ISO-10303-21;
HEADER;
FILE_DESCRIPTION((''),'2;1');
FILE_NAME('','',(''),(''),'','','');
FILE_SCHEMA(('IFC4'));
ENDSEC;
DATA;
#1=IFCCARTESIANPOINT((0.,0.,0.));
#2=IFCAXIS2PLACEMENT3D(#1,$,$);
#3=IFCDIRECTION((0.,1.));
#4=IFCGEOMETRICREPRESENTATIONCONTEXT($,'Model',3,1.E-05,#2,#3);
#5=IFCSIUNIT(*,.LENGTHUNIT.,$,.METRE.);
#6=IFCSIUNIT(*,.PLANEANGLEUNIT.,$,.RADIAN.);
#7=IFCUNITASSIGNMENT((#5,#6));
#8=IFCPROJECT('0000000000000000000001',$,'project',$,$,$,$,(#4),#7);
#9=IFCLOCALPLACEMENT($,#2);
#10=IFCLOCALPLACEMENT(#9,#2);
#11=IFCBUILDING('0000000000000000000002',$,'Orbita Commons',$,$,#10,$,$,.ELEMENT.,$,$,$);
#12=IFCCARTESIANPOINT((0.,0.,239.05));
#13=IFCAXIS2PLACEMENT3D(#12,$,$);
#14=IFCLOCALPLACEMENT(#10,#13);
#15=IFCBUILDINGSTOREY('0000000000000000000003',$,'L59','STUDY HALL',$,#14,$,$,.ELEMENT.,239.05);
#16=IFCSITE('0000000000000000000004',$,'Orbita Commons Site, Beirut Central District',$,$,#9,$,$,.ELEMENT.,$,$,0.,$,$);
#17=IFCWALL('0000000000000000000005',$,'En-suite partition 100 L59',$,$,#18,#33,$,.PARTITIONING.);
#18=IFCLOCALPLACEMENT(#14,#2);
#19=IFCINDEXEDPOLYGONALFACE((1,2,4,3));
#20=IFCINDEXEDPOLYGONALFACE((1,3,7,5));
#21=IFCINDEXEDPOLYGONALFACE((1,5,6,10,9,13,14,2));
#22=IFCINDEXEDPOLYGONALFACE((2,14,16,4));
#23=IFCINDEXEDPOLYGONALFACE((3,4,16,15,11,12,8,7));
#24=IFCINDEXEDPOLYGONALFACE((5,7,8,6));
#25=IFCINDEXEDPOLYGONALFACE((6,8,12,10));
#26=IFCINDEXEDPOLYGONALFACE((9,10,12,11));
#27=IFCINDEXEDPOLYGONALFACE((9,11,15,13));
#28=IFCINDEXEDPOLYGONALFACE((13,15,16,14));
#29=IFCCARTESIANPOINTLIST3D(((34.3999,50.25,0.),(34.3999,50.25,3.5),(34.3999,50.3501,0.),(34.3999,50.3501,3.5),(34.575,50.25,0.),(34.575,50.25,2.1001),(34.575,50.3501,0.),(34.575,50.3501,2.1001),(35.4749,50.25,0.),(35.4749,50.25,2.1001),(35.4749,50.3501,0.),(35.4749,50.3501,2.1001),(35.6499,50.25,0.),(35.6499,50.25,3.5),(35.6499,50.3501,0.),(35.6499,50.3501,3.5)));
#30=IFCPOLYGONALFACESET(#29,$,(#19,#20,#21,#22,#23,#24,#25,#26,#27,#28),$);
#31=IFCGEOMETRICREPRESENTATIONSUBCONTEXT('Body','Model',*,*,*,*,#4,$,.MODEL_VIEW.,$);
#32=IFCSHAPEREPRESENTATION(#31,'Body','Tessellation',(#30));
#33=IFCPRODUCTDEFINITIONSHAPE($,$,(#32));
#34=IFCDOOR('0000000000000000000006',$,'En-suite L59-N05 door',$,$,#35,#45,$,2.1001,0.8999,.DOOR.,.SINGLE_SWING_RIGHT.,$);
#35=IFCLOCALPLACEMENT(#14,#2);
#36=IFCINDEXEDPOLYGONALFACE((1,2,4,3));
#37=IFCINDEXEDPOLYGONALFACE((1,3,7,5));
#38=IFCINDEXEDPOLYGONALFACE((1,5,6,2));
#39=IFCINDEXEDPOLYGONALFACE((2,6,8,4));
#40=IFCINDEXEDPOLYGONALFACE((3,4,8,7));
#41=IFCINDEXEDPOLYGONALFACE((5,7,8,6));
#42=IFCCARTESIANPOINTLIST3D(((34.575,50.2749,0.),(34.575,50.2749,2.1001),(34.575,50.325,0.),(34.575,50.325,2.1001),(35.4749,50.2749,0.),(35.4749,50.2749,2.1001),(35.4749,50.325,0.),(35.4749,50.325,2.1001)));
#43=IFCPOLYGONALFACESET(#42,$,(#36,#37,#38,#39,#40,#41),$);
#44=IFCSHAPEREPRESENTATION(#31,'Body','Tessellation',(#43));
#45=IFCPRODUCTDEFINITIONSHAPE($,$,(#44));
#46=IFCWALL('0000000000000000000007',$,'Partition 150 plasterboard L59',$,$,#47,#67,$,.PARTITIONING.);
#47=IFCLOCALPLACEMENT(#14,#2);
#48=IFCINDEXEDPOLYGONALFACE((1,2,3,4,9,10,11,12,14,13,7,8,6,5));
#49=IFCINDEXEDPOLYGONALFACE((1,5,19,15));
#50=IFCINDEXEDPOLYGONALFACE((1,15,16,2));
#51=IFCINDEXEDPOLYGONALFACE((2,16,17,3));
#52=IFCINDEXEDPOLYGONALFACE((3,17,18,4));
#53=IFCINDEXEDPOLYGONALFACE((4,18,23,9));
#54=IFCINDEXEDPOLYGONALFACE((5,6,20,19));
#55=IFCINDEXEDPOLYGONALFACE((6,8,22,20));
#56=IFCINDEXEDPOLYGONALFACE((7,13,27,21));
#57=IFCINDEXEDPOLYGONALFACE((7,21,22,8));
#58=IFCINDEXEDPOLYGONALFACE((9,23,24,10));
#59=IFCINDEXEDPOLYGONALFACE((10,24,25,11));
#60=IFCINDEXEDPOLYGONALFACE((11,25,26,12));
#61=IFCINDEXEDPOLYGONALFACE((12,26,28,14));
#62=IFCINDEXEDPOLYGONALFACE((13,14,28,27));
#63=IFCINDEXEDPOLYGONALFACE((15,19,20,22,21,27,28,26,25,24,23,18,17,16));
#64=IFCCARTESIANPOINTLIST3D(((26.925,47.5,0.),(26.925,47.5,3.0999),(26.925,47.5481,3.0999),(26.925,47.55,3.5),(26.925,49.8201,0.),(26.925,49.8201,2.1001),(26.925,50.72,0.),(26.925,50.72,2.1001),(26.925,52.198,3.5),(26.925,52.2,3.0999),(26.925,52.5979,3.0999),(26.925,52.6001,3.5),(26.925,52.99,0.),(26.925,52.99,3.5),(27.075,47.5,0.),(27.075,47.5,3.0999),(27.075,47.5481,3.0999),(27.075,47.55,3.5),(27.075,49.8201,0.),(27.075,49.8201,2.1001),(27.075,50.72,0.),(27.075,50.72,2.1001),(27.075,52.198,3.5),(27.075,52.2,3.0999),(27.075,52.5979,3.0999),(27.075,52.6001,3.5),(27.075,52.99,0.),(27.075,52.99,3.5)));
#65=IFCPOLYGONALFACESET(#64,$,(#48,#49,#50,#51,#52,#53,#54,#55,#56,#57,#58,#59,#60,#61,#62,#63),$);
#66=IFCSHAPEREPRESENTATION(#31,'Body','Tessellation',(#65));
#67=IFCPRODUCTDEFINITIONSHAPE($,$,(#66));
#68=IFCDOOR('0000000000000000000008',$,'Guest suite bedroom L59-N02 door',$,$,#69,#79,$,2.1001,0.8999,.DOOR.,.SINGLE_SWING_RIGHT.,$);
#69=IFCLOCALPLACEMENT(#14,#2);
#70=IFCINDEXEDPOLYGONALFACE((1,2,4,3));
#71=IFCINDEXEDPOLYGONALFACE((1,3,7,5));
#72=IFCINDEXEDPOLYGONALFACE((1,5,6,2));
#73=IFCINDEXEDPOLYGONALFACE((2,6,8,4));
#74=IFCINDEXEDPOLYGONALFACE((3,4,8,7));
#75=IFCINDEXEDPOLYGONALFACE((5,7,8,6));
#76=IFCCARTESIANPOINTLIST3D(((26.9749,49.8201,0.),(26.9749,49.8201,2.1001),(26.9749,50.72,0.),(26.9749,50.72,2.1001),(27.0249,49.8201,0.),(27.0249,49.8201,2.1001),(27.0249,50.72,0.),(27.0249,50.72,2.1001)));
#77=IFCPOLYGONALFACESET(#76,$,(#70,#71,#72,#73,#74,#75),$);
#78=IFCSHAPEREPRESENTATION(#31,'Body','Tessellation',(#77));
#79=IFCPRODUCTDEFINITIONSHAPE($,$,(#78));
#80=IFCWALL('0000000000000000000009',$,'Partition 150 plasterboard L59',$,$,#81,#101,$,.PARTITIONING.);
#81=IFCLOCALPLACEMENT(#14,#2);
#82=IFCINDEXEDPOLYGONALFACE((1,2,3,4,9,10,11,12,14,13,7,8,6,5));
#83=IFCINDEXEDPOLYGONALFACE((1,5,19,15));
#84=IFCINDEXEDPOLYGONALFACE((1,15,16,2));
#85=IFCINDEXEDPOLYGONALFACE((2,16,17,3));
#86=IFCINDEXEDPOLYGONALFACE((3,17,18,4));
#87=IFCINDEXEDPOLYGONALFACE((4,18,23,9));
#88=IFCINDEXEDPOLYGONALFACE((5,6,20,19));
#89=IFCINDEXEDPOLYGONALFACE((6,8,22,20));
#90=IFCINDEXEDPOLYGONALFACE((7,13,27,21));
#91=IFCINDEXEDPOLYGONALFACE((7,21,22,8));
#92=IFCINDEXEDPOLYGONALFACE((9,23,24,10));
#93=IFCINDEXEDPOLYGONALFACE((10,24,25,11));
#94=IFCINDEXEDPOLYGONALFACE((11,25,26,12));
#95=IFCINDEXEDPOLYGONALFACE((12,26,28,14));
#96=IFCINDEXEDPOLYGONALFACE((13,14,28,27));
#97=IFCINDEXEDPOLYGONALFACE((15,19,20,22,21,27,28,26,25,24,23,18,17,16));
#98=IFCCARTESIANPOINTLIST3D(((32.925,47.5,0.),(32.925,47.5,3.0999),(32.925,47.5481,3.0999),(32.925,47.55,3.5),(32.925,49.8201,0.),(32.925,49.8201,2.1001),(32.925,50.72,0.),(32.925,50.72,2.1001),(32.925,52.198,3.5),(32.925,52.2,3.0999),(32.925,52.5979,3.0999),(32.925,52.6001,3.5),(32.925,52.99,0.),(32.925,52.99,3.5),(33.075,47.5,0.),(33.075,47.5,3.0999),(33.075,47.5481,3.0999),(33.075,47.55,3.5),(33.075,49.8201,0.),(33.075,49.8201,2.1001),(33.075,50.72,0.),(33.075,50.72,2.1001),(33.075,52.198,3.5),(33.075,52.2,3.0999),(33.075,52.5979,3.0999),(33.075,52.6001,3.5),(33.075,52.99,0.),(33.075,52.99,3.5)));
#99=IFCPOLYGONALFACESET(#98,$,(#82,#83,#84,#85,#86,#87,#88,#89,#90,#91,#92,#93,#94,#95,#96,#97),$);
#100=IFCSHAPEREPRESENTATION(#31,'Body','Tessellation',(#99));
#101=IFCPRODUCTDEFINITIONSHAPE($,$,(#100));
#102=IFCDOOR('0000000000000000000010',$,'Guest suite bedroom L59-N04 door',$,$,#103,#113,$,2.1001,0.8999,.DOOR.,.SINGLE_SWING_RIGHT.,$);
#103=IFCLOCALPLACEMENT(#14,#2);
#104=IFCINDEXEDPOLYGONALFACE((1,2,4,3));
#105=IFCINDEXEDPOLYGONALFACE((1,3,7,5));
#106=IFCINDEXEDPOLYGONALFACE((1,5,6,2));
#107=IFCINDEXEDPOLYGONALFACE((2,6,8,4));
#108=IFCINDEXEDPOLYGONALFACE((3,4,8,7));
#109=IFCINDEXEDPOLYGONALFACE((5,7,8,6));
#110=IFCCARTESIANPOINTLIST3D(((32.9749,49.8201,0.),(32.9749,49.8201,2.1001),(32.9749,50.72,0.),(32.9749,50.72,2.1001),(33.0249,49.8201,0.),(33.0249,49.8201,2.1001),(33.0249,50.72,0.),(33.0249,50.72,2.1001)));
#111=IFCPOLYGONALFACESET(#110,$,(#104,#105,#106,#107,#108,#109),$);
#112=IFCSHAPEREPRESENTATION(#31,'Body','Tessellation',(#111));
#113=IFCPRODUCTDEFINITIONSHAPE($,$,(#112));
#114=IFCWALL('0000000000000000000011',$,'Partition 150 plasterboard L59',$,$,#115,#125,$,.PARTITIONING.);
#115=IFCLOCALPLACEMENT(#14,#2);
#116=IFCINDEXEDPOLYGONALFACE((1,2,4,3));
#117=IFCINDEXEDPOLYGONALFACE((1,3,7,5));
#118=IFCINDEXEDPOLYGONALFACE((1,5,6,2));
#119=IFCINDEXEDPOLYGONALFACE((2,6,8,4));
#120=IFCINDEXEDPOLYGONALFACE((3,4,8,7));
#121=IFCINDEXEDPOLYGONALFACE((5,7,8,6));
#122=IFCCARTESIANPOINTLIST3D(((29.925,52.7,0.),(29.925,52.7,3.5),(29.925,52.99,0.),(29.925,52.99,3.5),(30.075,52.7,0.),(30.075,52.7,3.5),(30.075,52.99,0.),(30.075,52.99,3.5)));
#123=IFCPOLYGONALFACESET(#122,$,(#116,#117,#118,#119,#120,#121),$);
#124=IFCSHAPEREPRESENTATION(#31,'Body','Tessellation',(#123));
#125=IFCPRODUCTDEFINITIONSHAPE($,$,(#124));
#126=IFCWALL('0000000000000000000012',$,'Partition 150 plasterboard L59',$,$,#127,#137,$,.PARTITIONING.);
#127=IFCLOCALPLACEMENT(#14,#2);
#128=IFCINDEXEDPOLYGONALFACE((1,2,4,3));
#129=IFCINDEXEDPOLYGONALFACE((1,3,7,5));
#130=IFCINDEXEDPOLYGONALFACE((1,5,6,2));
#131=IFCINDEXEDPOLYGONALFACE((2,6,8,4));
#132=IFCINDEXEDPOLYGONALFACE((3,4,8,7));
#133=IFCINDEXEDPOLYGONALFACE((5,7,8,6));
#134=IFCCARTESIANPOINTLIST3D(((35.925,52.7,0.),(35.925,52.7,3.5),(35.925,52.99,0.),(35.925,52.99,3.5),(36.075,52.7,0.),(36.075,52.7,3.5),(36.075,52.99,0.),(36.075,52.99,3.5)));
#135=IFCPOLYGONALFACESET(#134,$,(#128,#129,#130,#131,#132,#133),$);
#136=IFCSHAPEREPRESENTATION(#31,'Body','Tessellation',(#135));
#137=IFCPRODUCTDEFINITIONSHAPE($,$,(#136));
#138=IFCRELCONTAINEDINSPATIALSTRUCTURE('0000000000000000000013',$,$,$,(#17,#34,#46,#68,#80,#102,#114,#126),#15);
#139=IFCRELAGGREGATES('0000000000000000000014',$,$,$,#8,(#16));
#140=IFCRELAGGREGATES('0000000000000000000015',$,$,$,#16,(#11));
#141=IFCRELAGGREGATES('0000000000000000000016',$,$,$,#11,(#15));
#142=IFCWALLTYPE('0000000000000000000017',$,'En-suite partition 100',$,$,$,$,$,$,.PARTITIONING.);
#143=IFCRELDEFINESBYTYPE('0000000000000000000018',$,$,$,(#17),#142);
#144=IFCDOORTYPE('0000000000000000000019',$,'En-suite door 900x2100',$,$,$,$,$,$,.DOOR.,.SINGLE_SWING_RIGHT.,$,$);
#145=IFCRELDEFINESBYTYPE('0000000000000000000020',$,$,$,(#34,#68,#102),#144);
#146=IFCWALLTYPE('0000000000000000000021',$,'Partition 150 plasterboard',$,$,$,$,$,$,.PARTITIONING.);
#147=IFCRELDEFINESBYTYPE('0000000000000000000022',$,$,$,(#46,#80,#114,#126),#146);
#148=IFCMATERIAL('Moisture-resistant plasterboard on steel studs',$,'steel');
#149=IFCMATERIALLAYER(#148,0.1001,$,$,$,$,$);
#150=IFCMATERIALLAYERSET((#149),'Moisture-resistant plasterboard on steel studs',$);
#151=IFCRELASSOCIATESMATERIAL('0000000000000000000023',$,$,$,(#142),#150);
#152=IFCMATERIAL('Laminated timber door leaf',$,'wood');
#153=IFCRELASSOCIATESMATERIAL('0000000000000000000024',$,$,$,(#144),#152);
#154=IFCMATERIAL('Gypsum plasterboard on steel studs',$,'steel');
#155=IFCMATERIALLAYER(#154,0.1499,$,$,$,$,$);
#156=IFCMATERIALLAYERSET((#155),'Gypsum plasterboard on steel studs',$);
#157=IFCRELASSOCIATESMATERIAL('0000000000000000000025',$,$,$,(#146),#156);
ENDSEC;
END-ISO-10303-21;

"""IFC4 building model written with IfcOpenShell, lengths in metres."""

from ifc_helpers import new_model, si_unit, direction, frame, frame_2d, origin, place, context, subcontext, project, spatial, polyline, rectangle, outline, extrude, material, layer, layer_set, type_object, element, fill, save


model = new_model("IFC4")

# Units and contexts
model_context = context("Model", 3, precision=1e-05, world=origin(), true_north=direction((0.0, 1.0)))
body_context = subcontext(model_context, "Body", "Model", "MODEL_VIEW")
ifc_project = project(units=[si_unit("LENGTHUNIT", "METRE"), si_unit("PLANEANGLEUNIT", "RADIAN")], contexts=[model_context])

# Site, building, storey
site_placement = place(None, origin())
site = spatial("IfcSite", under=ifc_project, at=site_placement, Name="Orbita Commons Site, Beirut Central District", CompositionType="ELEMENT", RefElevation=0.0)
building_placement = place(site_placement, origin())
building = spatial("IfcBuilding", under=site, at=building_placement, Name="Orbita Commons", CompositionType="ELEMENT")
storey_placement = place(building_placement, frame((0.0, 0.0, 239.05)))
storey = spatial("IfcBuildingStorey", under=building, at=storey_placement, Name="L59", Description="STUDY HALL", CompositionType="ELEMENT", Elevation=239.05)

# Walls, openings, doors
ifc_material_1 = material(Name="Moisture-resistant plasterboard on steel studs", Category="steel")
ifc_layer_1 = layer(ifc_material_1, 0.1001)
ifc_layer_set_1 = layer_set([ifc_layer_1], Name="Moisture-resistant plasterboard on steel studs")
wall_type_1 = type_object("IfcWallType", Name="En-suite partition 100", PredefinedType="PARTITIONING", material=ifc_layer_set_1)
ifc_material_2 = material(Name="Laminated timber door leaf", Category="wood")
door_type = type_object("IfcDoorType", Name="En-suite door 900x2100", OperationType="SINGLE_SWING_RIGHT", PredefinedType="DOOR", material=ifc_material_2)
wall_1_placement = place(storey_placement, frame((34.3999, 50.3, 0.0), z_axis=(0.0, 0.0, 1.0), x_axis=(1.0, 0.0, 0.0)))
wall_1 = element("IfcWall", 1, at=wall_1_placement, inside=storey, type_object=wall_type_1, Name="En-suite partition 100 L59", PredefinedType="PARTITIONING", context=body_context, shape_type="SweptSolid", body=[
    extrude(rectangle(XDim=1.25, YDim=0.1001, at=frame_2d((0.625, 0.0))), origin(), (0.0, 0.0, 1.0), 3.5),
])
opening_1_placement = place(wall_1_placement, frame((0.175, 0.0, 0.0)))
opening_1 = element("IfcOpeningElement", 2, at=opening_1_placement, cuts=wall_1, PredefinedType="OPENING", context=body_context, shape_type="SweptSolid", body=[
    extrude(rectangle(XDim=0.8999, YDim=2.1001, at=frame_2d((0.45, 1.05))), frame((0.0, 0.0601, 0.0), z_axis=(0.0, -1.0, 0.0), x_axis=(1.0, 0.0, 0.0)), (0.0, 0.0, 1.0), 0.1201),
])
door_1_placement = place(opening_1_placement, origin())
door_1 = element("IfcDoor", 3, at=door_1_placement, inside=storey, type_object=door_type, Name="En-suite L59-N05 door", OperationType="SINGLE_SWING_RIGHT", OverallHeight=2.1001, OverallWidth=0.8999, PredefinedType="DOOR", context=body_context, shape_type="SweptSolid", body=[
    extrude(rectangle(XDim=0.8999, YDim=2.1001, at=frame_2d((0.45, 1.05))), frame((0.0, 0.0249, 0.0), z_axis=(0.0, -1.0, 0.0), x_axis=(1.0, 0.0, 0.0)), (0.0, 0.0, 1.0), 0.05),
])
fill(opening_1, door_1)
ifc_material_3 = material(Name="Gypsum plasterboard on steel studs", Category="steel")
ifc_layer_2 = layer(ifc_material_3, 0.1499)
ifc_layer_set_2 = layer_set([ifc_layer_2], Name="Gypsum plasterboard on steel studs")
wall_type_2 = type_object("IfcWallType", Name="Partition 150 plasterboard", PredefinedType="PARTITIONING", material=ifc_layer_set_2)
wall_2_placement = place(storey_placement, frame((27.0, 52.99, 0.0), z_axis=(0.0, 0.0, 1.0), x_axis=(0.0, -1.0, 0.0)))
wall_2 = element("IfcWall", 4, at=wall_2_placement, inside=storey, type_object=wall_type_2, Name="Partition 150 plasterboard L59", PredefinedType="PARTITIONING", context=body_context, shape_type="SweptSolid", body=[
    extrude(outline(polyline([(0.0, 0.0), (5.49, 0.0), (5.49, 3.0999), (5.4419, 3.0999), (5.4399, 3.5), (0.792, 3.5), (0.79, 3.0999), (0.3921, 3.0999), (0.3899, 3.5), (0.0, 3.5), (0.0, 0.0)])), frame((0.0, 0.075, 0.0), z_axis=(0.0, -1.0, 0.0), x_axis=(1.0, 0.0, 0.0)), (0.0, 0.0, 1.0), 0.1499),
])
opening_2_placement = place(wall_2_placement, frame((2.27, 0.0, 0.0)))
opening_2 = element("IfcOpeningElement", 5, at=opening_2_placement, cuts=wall_2, PredefinedType="OPENING", context=body_context, shape_type="SweptSolid", body=[
    extrude(rectangle(XDim=0.8999, YDim=2.1001, at=frame_2d((0.45, 1.05))), frame((0.0, 0.085, 0.0), z_axis=(0.0, -1.0, 0.0), x_axis=(1.0, 0.0, 0.0)), (0.0, 0.0, 1.0), 0.1699),
])
door_2_placement = place(opening_2_placement, origin())
door_2 = element("IfcDoor", 6, at=door_2_placement, inside=storey, type_object=door_type, Name="Guest suite bedroom L59-N02 door", OperationType="SINGLE_SWING_RIGHT", OverallHeight=2.1001, OverallWidth=0.8999, PredefinedType="DOOR", context=body_context, shape_type="SweptSolid", body=[
    extrude(rectangle(XDim=0.8999, YDim=2.1001, at=frame_2d((0.45, 1.05))), frame((0.0, 0.0249, 0.0), z_axis=(0.0, -1.0, 0.0), x_axis=(1.0, 0.0, 0.0)), (0.0, 0.0, 1.0), 0.05),
])
fill(opening_2, door_2)
wall_3_placement = place(storey_placement, frame((33.0, 52.99, 0.0), z_axis=(0.0, 0.0, 1.0), x_axis=(0.0, -1.0, 0.0)))
wall_3 = element("IfcWall", 7, at=wall_3_placement, inside=storey, type_object=wall_type_2, Name="Partition 150 plasterboard L59", PredefinedType="PARTITIONING", context=body_context, shape_type="SweptSolid", body=[
    extrude(outline(polyline([(0.0, 0.0), (5.49, 0.0), (5.49, 3.0999), (5.4419, 3.0999), (5.4399, 3.5), (0.792, 3.5), (0.79, 3.0999), (0.3921, 3.0999), (0.3899, 3.5), (0.0, 3.5), (0.0, 0.0)])), frame((0.0, 0.075, 0.0), z_axis=(0.0, -1.0, 0.0), x_axis=(1.0, 0.0, 0.0)), (0.0, 0.0, 1.0), 0.1499),
])
opening_3_placement = place(wall_3_placement, frame((2.27, 0.0, 0.0)))
opening_3 = element("IfcOpeningElement", 8, at=opening_3_placement, cuts=wall_3, PredefinedType="OPENING", context=body_context, shape_type="SweptSolid", body=[
    extrude(rectangle(XDim=0.8999, YDim=2.1001, at=frame_2d((0.45, 1.05))), frame((0.0, 0.085, 0.0), z_axis=(0.0, -1.0, 0.0), x_axis=(1.0, 0.0, 0.0)), (0.0, 0.0, 1.0), 0.1699),
])
door_3_placement = place(opening_3_placement, origin())
door_3 = element("IfcDoor", 9, at=door_3_placement, inside=storey, type_object=door_type, Name="Guest suite bedroom L59-N04 door", OperationType="SINGLE_SWING_RIGHT", OverallHeight=2.1001, OverallWidth=0.8999, PredefinedType="DOOR", context=body_context, shape_type="SweptSolid", body=[
    extrude(rectangle(XDim=0.8999, YDim=2.1001, at=frame_2d((0.45, 1.05))), frame((0.0, 0.0249, 0.0), z_axis=(0.0, -1.0, 0.0), x_axis=(1.0, 0.0, 0.0)), (0.0, 0.0, 1.0), 0.05),
])
fill(opening_3, door_3)

# Walls
for number, where, z_axis, x_axis, name in (
    (10, (30.0, 52.7, 0.0), (0.0, 0.0, 1.0), (0.0, 1.0, 0.0), "Partition 150 plasterboard L59"),
    (11, (36.0, 52.7, 0.0), (0.0, 0.0, 1.0), (0.0, 1.0, 0.0), "Partition 150 plasterboard L59"),
):
    element("IfcWall", number, at=place(storey_placement, frame(where, z_axis=z_axis, x_axis=x_axis)), inside=storey, type_object=wall_type_2, Name=name, PredefinedType="PARTITIONING", context=body_context, shape_type="SweptSolid", body=[
        extrude(rectangle(XDim=0.29, YDim=0.1499, at=frame_2d((0.145, 0.0))), origin(), (0.0, 0.0, 1.0), 3.5),
    ])

save(model, "model.ifc")
